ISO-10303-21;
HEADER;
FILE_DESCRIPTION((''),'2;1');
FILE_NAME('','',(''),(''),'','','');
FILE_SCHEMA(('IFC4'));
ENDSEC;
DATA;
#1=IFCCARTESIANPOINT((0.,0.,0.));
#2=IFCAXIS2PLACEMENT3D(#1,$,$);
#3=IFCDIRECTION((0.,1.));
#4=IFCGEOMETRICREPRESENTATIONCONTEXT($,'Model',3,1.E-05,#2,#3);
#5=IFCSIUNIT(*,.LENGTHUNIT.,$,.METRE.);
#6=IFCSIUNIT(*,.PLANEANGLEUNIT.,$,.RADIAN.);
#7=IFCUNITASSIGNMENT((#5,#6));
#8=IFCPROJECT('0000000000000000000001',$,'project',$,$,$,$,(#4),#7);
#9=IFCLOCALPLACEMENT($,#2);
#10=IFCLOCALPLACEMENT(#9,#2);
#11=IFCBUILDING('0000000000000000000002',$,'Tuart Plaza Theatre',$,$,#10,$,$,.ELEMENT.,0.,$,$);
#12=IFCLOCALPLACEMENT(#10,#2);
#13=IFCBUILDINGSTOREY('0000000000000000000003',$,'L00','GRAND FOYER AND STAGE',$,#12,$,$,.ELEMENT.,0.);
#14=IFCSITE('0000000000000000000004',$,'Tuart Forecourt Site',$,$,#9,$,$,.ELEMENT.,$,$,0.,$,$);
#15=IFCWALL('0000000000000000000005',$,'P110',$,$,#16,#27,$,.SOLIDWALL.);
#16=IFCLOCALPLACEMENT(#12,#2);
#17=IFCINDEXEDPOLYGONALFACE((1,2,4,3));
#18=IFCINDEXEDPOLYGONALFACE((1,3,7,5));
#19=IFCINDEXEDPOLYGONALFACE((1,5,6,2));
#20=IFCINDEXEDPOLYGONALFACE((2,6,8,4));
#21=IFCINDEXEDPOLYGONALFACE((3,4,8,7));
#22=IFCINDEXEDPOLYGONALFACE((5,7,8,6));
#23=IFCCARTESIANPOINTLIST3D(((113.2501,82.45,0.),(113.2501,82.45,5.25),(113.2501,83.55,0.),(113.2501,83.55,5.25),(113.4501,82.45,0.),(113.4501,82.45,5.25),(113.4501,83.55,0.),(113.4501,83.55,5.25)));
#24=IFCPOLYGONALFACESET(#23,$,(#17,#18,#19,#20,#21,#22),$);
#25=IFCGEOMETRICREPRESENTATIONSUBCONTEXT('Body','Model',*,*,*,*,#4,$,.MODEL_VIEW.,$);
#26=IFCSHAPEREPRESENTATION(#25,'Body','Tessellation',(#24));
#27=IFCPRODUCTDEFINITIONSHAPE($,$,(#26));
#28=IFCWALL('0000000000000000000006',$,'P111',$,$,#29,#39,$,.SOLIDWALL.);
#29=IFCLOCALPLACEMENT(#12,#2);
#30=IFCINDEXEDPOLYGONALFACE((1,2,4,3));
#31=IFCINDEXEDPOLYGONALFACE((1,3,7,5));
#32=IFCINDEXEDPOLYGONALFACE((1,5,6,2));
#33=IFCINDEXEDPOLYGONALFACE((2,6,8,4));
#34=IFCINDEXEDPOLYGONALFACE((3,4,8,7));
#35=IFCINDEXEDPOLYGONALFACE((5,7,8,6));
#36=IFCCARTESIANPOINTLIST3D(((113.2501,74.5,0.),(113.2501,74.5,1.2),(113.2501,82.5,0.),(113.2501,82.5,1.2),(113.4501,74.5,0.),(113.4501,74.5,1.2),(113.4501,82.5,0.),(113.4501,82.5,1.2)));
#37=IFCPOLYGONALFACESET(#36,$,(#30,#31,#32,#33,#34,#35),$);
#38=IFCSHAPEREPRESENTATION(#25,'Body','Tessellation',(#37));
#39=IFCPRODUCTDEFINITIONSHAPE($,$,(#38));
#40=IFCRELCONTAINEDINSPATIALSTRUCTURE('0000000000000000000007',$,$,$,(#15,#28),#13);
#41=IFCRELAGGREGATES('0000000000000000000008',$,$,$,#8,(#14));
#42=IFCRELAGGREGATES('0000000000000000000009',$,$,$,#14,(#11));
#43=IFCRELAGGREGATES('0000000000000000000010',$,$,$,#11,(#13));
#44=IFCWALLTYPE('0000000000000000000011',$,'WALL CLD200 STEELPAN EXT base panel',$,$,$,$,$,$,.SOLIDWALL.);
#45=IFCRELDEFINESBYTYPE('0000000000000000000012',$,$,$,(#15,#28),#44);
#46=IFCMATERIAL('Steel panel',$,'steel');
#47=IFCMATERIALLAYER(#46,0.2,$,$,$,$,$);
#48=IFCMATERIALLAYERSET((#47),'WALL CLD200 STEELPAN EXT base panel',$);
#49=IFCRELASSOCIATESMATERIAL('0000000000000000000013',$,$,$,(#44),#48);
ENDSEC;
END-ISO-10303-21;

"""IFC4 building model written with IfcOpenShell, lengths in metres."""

from ifc_helpers import new_model, si_unit, direction, frame, frame_2d, origin, place, context, subcontext, project, spatial, rectangle, extrude, material, layer, layer_set, type_object, element, save


model = new_model("IFC4")

# Units and contexts
model_context = context("Model", 3, precision=1e-05, world=origin(), true_north=direction((0.0, 1.0)))
body_context = subcontext(model_context, "Body", "Model", "MODEL_VIEW")
ifc_project = project(units=[si_unit("LENGTHUNIT", "METRE"), si_unit("PLANEANGLEUNIT", "RADIAN")], contexts=[model_context])

# Site, building, storey
site_placement = place(None, origin())
site = spatial("IfcSite", under=ifc_project, at=site_placement, Name="Tuart Forecourt Site", CompositionType="ELEMENT", RefElevation=0.0)
building_placement = place(site_placement, origin())
building = spatial("IfcBuilding", under=site, at=building_placement, Name="Tuart Plaza Theatre", CompositionType="ELEMENT", ElevationOfRefHeight=0.0)
storey_placement = place(building_placement, origin())
storey = spatial("IfcBuildingStorey", under=building, at=storey_placement, Name="L00", Description="GRAND FOYER AND STAGE", CompositionType="ELEMENT", Elevation=0.0)

# Walls
ifc_material_1 = material(Name="Steel panel", Category="steel")
ifc_layer_1 = layer(ifc_material_1, 0.2)
ifc_layer_set_1 = layer_set([ifc_layer_1], Name="WALL CLD200 STEELPAN EXT base panel")
wall_type = type_object("IfcWallType", Name="WALL CLD200 STEELPAN EXT base panel", PredefinedType="SOLIDWALL", material=ifc_layer_set_1)
wall_1_placement = place(storey_placement, frame((113.3501, 83.55, 0.0), z_axis=(0.0, 0.0, 1.0), x_axis=(0.0, -1.0, 0.0)))
element("IfcWall", 1, at=wall_1_placement, inside=storey, type_object=wall_type, Name="P110", PredefinedType="SOLIDWALL", context=body_context, shape_type="SweptSolid", body=[
    extrude(rectangle(XDim=1.1001, YDim=0.2, at=frame_2d((0.55, 0.0))), origin(), (0.0, 0.0, 1.0), 5.25),
])
wall_2_placement = place(storey_placement, frame((113.3501, 82.5, 0.0), z_axis=(0.0, 0.0, 1.0), x_axis=(0.0, -1.0, 0.0)))
element("IfcWall", 2, at=wall_2_placement, inside=storey, type_object=wall_type, Name="P111", PredefinedType="SOLIDWALL", context=body_context, shape_type="SweptSolid", body=[
    extrude(rectangle(XDim=8.0, YDim=0.2, at=frame_2d((4.0, 0.0))), origin(), (0.0, 0.0, 1.0), 1.2),
])

save(model, "model.ifc")
